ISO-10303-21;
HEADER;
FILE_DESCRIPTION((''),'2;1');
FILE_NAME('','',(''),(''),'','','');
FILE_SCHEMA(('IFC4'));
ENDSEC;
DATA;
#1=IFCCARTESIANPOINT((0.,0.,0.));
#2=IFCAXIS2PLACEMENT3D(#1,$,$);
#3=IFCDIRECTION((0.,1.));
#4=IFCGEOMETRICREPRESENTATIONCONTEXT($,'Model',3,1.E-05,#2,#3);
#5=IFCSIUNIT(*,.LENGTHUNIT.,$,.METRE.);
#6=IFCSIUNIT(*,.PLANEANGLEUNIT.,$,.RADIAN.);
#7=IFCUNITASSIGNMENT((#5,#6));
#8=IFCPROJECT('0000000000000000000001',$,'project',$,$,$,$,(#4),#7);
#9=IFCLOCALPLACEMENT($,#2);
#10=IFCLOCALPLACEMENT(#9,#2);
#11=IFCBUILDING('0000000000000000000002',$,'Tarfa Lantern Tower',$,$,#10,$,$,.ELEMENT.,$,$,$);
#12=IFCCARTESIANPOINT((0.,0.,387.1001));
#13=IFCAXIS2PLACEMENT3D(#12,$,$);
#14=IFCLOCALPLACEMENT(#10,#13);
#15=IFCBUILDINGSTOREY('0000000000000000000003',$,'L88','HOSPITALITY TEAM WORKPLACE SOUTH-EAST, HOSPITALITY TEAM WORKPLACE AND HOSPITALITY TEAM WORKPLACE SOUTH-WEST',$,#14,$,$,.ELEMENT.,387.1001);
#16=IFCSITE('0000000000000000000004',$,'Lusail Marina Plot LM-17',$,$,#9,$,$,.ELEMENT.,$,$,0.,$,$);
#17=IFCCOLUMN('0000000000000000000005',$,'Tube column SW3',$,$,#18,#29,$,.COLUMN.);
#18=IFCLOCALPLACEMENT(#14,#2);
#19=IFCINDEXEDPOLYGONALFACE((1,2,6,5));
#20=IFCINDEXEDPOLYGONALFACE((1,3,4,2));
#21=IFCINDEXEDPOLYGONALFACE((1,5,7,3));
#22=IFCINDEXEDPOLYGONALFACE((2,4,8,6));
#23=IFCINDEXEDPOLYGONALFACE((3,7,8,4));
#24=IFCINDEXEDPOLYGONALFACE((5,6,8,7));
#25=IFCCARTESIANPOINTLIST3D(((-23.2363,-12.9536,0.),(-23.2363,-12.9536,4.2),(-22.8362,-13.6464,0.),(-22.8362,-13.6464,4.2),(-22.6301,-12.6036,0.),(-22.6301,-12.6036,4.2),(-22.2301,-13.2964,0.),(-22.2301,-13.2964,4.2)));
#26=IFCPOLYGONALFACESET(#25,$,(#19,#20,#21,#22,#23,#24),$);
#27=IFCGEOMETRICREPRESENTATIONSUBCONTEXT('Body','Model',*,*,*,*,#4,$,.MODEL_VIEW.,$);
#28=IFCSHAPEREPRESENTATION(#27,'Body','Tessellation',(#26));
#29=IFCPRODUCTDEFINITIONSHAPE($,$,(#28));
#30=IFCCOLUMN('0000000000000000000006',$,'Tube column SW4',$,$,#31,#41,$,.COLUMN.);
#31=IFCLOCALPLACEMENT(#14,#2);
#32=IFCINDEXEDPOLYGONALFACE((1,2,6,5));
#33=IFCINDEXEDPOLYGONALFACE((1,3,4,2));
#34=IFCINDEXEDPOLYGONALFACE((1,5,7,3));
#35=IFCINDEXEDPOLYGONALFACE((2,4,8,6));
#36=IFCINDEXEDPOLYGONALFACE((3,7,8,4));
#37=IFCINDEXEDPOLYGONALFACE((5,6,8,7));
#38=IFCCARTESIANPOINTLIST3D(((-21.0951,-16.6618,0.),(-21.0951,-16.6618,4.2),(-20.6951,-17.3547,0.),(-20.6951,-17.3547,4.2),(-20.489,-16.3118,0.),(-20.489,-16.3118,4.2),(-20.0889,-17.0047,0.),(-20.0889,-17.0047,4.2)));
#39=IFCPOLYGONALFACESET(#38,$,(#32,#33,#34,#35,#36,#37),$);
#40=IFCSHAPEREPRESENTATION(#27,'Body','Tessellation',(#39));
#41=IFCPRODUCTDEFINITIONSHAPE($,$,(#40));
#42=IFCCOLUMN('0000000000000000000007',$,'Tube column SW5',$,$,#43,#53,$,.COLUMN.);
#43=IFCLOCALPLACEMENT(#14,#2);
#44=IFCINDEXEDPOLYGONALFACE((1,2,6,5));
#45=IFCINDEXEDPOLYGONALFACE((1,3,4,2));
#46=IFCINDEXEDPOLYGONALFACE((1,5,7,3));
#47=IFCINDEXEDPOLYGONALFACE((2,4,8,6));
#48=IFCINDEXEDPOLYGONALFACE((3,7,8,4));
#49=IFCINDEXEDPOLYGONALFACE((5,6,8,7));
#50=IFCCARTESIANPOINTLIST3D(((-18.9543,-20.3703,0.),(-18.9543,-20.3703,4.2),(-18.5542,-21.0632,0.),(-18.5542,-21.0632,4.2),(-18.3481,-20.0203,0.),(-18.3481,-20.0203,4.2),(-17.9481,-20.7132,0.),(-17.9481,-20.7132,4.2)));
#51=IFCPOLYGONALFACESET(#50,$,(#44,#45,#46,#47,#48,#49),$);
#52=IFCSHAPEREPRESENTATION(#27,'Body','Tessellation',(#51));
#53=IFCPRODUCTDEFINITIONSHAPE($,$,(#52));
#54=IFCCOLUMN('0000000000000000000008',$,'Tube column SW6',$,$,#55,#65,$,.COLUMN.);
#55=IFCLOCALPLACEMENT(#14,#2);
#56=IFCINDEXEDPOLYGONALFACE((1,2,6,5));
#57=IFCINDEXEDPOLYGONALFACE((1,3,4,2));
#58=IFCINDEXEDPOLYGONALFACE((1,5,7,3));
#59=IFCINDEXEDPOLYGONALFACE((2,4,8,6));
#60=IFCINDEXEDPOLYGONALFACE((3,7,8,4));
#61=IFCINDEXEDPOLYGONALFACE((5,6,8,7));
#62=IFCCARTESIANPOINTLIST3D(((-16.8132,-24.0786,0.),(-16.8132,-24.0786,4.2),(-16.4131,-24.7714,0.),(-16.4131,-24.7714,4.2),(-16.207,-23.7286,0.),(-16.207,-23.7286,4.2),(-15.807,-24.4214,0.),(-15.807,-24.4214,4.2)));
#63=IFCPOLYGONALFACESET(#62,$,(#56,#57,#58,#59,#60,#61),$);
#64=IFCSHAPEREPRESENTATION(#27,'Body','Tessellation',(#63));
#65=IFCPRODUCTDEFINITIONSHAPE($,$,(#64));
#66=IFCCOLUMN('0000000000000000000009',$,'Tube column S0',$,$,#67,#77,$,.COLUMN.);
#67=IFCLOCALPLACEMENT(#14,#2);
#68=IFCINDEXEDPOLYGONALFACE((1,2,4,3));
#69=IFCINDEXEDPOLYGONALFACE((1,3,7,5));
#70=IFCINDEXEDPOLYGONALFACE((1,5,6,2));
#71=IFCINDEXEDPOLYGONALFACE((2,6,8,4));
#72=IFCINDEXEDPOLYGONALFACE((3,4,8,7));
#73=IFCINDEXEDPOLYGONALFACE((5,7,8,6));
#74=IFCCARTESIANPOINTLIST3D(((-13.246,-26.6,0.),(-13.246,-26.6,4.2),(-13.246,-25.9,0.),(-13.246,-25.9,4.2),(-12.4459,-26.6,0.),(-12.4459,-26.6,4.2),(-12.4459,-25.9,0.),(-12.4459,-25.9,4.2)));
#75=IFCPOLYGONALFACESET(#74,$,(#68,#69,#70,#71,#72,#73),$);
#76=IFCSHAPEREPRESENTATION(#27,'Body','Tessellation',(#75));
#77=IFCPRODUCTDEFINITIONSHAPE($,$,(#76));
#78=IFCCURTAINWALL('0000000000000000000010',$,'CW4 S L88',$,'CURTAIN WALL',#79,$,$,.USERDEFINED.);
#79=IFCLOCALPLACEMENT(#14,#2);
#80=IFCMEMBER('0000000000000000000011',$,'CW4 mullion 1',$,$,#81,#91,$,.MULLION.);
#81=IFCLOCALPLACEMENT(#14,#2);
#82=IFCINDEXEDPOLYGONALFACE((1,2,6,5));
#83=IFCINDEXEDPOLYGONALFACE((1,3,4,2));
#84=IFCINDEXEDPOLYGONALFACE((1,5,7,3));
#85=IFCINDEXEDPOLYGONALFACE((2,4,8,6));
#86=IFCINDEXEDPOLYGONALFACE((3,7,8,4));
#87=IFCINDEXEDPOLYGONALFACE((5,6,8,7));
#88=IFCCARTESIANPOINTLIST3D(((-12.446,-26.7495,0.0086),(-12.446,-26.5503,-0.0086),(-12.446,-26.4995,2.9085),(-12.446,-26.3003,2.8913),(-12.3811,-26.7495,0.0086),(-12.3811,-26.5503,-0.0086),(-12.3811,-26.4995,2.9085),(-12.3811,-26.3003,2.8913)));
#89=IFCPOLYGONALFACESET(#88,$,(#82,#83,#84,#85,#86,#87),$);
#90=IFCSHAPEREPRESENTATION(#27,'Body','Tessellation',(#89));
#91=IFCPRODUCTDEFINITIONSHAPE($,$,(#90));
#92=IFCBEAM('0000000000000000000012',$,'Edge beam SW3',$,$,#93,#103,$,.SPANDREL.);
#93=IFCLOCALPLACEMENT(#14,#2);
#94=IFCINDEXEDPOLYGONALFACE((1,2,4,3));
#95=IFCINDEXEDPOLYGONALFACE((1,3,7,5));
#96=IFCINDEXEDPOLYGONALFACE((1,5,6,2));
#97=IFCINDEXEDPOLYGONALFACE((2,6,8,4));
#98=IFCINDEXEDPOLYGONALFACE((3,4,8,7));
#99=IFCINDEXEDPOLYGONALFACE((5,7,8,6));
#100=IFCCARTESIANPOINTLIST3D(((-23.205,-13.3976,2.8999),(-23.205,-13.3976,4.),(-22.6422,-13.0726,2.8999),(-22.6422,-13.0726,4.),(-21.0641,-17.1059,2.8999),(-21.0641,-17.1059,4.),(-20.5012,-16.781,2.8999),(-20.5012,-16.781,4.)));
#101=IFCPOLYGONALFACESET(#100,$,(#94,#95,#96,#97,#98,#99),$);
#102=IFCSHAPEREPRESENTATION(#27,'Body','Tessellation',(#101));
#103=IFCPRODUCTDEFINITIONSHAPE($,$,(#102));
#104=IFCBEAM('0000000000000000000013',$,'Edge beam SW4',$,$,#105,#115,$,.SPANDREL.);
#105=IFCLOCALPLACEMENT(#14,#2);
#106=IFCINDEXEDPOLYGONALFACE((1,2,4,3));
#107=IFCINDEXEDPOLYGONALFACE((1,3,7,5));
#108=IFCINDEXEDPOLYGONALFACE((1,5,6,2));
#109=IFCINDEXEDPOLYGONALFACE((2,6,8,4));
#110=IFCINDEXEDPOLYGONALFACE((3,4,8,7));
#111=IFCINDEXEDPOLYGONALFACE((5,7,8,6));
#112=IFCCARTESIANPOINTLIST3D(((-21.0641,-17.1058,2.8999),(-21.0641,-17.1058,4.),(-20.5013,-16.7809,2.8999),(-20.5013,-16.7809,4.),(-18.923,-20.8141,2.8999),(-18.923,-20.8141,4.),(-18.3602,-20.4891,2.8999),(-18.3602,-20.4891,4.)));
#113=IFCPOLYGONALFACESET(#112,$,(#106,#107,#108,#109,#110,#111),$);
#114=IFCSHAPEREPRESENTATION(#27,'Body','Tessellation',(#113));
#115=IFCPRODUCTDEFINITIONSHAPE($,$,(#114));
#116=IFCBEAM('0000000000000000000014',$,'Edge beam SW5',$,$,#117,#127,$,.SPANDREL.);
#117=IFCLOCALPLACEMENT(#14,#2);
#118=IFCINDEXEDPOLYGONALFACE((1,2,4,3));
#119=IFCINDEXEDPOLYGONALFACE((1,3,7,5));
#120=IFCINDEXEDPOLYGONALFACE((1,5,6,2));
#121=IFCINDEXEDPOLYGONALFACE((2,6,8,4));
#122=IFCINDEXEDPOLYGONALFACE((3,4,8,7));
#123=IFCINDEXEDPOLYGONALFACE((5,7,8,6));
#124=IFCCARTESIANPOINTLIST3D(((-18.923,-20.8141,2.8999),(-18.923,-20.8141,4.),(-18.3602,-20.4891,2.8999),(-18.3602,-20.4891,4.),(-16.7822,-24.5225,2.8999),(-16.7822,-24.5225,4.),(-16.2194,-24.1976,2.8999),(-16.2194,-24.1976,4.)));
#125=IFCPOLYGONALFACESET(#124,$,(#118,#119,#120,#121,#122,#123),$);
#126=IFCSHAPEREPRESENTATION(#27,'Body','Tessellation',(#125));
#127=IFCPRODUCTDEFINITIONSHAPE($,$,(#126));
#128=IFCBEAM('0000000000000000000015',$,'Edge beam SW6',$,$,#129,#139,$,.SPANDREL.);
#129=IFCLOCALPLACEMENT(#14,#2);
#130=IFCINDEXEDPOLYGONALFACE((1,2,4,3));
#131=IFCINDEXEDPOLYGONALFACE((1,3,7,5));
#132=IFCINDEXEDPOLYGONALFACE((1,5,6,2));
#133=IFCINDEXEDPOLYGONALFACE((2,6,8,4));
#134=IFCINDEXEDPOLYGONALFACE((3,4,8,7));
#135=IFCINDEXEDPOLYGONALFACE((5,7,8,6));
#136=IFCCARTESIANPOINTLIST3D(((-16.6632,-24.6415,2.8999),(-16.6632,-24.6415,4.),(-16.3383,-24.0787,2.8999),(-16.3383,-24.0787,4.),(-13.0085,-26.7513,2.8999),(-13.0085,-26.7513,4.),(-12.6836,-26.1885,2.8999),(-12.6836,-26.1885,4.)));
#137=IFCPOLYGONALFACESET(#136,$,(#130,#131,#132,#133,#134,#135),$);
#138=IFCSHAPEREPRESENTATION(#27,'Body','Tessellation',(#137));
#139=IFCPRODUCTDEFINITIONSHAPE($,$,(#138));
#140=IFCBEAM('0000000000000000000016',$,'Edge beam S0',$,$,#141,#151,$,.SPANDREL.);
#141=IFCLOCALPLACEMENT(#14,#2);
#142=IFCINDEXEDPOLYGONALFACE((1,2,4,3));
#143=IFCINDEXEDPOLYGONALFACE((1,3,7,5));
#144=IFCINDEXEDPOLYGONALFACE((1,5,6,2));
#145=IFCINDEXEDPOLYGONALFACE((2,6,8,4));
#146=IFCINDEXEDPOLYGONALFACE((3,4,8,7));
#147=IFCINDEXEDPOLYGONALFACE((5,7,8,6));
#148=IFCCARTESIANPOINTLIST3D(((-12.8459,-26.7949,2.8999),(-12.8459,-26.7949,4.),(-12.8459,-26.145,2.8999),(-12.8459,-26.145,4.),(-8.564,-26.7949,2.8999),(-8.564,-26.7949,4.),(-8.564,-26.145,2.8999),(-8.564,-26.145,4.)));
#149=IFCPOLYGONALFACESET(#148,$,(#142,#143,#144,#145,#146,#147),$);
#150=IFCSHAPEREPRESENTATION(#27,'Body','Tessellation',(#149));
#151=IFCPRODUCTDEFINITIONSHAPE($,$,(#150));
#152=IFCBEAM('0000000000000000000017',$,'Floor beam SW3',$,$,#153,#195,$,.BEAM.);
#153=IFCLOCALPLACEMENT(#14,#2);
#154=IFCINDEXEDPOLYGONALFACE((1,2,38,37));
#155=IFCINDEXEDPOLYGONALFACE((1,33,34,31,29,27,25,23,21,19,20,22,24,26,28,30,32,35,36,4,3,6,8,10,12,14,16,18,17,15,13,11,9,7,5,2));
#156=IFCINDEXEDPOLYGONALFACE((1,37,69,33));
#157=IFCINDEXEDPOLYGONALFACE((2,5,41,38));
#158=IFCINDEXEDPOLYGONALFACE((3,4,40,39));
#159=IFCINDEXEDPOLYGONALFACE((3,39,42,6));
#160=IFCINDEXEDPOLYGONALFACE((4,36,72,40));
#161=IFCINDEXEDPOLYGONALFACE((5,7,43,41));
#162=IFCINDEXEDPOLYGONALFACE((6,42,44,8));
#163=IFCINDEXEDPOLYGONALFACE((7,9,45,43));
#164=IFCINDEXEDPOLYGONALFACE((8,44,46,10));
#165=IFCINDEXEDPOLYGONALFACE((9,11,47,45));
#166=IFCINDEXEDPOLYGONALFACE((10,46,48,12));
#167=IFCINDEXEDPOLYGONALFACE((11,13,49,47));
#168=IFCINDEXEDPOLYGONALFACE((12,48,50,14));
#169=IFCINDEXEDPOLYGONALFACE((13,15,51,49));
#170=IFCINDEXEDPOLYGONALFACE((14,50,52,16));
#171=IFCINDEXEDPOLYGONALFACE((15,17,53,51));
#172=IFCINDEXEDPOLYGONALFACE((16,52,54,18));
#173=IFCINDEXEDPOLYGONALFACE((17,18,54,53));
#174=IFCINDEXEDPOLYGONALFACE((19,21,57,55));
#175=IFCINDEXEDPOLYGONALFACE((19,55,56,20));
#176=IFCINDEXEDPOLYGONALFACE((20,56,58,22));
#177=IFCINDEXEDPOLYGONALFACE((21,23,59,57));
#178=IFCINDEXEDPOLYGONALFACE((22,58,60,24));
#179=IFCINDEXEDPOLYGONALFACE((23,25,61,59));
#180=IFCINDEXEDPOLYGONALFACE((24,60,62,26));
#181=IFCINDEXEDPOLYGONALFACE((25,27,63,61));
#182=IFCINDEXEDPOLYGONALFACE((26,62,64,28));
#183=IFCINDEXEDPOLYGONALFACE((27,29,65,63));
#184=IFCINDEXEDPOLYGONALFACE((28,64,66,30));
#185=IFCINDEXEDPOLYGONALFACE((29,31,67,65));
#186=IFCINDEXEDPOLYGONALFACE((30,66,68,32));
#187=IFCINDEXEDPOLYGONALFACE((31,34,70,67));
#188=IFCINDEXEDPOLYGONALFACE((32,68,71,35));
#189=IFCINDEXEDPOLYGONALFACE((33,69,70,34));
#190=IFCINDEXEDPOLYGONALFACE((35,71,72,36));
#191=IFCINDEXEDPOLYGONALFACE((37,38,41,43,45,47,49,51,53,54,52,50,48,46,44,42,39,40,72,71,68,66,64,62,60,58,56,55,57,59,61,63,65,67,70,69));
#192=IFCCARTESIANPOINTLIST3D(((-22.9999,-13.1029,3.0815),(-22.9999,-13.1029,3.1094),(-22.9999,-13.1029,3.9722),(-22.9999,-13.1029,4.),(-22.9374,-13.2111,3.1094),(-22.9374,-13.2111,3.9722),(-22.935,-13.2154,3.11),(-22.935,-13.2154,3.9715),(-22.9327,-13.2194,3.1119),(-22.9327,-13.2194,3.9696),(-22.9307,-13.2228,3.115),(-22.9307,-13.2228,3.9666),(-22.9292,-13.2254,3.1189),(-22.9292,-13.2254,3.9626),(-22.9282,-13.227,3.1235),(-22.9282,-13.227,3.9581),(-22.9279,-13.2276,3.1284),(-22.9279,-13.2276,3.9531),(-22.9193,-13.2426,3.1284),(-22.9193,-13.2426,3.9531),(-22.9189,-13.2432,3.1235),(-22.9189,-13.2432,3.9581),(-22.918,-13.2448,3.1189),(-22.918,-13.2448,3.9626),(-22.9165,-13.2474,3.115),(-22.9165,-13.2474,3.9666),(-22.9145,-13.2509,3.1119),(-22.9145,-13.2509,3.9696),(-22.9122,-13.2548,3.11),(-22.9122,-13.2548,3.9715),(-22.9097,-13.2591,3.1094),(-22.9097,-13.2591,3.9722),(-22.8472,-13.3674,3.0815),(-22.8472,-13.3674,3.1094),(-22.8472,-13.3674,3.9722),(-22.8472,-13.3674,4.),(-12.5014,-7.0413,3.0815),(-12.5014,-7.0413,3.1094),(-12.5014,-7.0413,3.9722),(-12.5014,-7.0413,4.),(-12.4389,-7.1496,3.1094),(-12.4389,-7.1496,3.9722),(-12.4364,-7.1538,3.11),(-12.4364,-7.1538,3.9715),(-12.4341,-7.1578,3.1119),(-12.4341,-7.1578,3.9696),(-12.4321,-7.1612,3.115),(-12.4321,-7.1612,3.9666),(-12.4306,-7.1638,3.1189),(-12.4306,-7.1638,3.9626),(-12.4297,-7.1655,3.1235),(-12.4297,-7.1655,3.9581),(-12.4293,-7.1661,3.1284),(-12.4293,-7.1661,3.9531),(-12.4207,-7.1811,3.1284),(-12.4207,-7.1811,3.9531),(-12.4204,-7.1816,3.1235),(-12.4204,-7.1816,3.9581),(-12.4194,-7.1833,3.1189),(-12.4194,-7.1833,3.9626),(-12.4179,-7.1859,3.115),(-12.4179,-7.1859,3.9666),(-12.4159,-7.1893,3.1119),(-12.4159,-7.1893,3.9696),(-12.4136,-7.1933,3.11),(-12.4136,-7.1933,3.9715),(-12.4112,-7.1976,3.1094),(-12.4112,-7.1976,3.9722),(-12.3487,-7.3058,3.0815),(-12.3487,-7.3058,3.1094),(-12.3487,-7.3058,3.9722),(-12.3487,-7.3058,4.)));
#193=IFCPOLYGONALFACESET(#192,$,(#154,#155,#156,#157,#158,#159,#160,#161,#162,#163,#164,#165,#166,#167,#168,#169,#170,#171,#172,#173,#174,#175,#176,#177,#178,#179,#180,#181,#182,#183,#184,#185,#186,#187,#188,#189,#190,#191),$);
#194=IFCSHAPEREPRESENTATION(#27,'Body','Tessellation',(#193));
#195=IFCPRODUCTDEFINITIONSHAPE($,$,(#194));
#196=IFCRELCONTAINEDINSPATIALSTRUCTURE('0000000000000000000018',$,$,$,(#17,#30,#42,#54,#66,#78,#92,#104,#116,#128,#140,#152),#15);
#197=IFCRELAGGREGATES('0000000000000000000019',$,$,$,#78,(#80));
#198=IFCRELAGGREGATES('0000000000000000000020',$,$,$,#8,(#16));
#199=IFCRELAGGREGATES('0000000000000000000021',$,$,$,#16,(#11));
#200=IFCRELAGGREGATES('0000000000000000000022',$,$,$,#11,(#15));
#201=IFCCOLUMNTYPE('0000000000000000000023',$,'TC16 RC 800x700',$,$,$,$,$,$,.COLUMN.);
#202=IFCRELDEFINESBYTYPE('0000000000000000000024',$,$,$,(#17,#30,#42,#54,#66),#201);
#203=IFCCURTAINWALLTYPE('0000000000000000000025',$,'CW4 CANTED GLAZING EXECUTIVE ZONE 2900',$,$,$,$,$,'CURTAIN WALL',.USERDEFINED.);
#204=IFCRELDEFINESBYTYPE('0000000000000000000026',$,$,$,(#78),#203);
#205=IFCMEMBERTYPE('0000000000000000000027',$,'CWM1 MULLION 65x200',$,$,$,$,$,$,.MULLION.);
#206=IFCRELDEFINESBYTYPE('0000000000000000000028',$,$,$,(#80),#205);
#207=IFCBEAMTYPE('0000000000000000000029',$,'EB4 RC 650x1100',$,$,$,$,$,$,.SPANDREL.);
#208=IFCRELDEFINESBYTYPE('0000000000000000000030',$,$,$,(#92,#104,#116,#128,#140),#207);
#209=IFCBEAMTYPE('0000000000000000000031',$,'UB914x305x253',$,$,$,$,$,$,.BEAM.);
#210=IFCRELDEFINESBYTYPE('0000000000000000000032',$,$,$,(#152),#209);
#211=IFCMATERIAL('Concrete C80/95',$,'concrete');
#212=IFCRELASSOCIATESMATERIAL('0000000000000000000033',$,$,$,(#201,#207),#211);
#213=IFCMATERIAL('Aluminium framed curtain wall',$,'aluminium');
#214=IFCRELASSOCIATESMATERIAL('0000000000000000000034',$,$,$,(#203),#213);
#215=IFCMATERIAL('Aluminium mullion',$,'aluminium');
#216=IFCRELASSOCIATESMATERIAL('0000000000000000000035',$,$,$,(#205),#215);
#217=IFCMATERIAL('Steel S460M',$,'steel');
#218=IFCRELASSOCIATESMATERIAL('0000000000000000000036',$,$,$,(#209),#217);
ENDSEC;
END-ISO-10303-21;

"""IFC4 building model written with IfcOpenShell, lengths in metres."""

from ifc_helpers import new_model, si_unit, direction, frame, origin, origin_2d, place, context, subcontext, project, spatial, rectangle, i_section, extrude, material, material_profile, profile_set, type_object, element, aggregate, save


model = new_model("IFC4")

# Units and contexts
model_context = context("Model", 3, precision=1e-05, world=origin(), true_north=direction((0.0, 1.0)))
body_context = subcontext(model_context, "Body", "Model", "MODEL_VIEW")
ifc_project = project(units=[si_unit("LENGTHUNIT", "METRE"), si_unit("PLANEANGLEUNIT", "RADIAN")], contexts=[model_context])

# Site, building, storey
site_placement = place(None, origin())
site = spatial("IfcSite", under=ifc_project, at=site_placement, Name="Lusail Marina Plot LM-17", CompositionType="ELEMENT", RefElevation=0.0)
building_placement = place(site_placement, origin())
building = spatial("IfcBuilding", under=site, at=building_placement, Name="Tarfa Lantern Tower", CompositionType="ELEMENT")
storey_placement = place(building_placement, frame((0.0, 0.0, 387.1001)))
storey = spatial("IfcBuildingStorey", under=building, at=storey_placement, Name="L88", Description="HOSPITALITY TEAM WORKPLACE SOUTH-EAST, HOSPITALITY TEAM WORKPLACE AND HOSPITALITY TEAM WORKPLACE SOUTH-WEST", CompositionType="ELEMENT", Elevation=387.1001)

# Columns
ifc_material_1 = material(Name="Concrete C80/95", Category="concrete")
ifc_material_profile_1 = material_profile(ifc_material_1, rectangle(XDim=0.8, YDim=0.7, at=origin_2d()), Name="RC 800x700")
ifc_profile_set_1 = profile_set([ifc_material_profile_1], Name="Concrete C80/95")
column_type = type_object("IfcColumnType", Name="TC16 RC 800x700", PredefinedType="COLUMN", material=ifc_profile_set_1)
for number, where, z_axis, x_axis, name in (
    (1, (-22.7332, -13.125, 0.0), (0.0, 0.0, 1.0), (0.5, -0.866025, 0.0), "Tube column SW3"),
    (2, (-20.592, -16.8333, 0.0), (0.0, 0.0, 1.0), (0.5, -0.866025, 0.0), "Tube column SW4"),
    (3, (-18.4512, -20.5417, 0.0), (0.0, 0.0, 1.0), (0.5, -0.866025, 0.0), "Tube column SW5"),
    (4, (-16.3101, -24.25, 0.0), (0.0, 0.0, 1.0), (0.5, -0.866025, 0.0), "Tube column SW6"),
    (5, (-12.8459, -26.25, 0.0), (0.0, 0.0, 1.0), (1.0, 0.0, 0.0), "Tube column S0"),
):
    element("IfcColumn", number, at=place(storey_placement, frame(where, z_axis=z_axis, x_axis=x_axis)), inside=storey, type_object=column_type, Name=name, PredefinedType="COLUMN", context=body_context, shape_type="SweptSolid", body=[
        extrude(rectangle(XDim=0.8, YDim=0.7, at=origin_2d()), origin(), (0.0, 0.0, 1.0), 4.2),
    ])

# Curtain wall, member
ifc_material_2 = material(Name="Aluminium framed curtain wall", Category="aluminium")
curtain_wall_type = type_object("IfcCurtainWallType", Name="CW4 CANTED GLAZING EXECUTIVE ZONE 2900", ElementType="CURTAIN WALL", PredefinedType="USERDEFINED", material=ifc_material_2)
curtain_wall_placement = place(storey_placement, origin())
curtain_wall = element("IfcCurtainWall", 6, at=curtain_wall_placement, inside=storey, type_object=curtain_wall_type, Name="CW4 S L88", ObjectType="CURTAIN WALL", PredefinedType="USERDEFINED")
ifc_material_3 = material(Name="Aluminium mullion", Category="aluminium")
ifc_material_profile_2 = material_profile(ifc_material_3, rectangle(XDim=0.0649, YDim=0.2, at=origin_2d()), Name="AL MULLION 65x200")
ifc_profile_set_2 = profile_set([ifc_material_profile_2], Name="Aluminium mullion")
member_type = type_object("IfcMemberType", Name="CWM1 MULLION 65x200", PredefinedType="MULLION", material=ifc_profile_set_2)
member_placement = place(storey_placement, frame((-12.4136, -26.6499, 0.0), z_axis=(0.0, 0.085891, 0.996305), x_axis=(-1.0, 0.0, 0.0)))
member = element("IfcMember", 7, at=member_placement, type_object=member_type, Name="CW4 mullion 1", PredefinedType="MULLION", context=body_context, shape_type="SweptSolid", body=[
    extrude(rectangle(XDim=0.0649, YDim=0.2, at=origin_2d()), origin(), (0.0, 0.0, 1.0), 2.9106),
])
aggregate(curtain_wall, [member])

# Beams
ifc_material_profile_3 = material_profile(ifc_material_1, rectangle(XDim=0.6499, YDim=1.1001, at=origin_2d()), Name="RC 650x1100")
ifc_profile_set_3 = profile_set([ifc_material_profile_3], Name="Concrete C80/95")
beam_type_1 = type_object("IfcBeamType", Name="EB4 RC 650x1100", PredefinedType="SPANDREL", material=ifc_profile_set_3)
for number, where, z_axis, x_axis, name in (
    (8, (-22.9236, -13.2351, 3.45), (0.499984, -0.866035, 0.0), (0.866035, 0.499984, 0.0), "Edge beam SW3"),
    (9, (-20.7827, -16.9434, 3.45), (0.500027, -0.86601, 0.0), (0.86601, 0.500027, 0.0), "Edge beam SW4"),
    (10, (-18.6416, -20.6516, 3.45), (0.499959, -0.866049, 0.0), (0.866049, 0.499959, 0.0), "Edge beam SW5"),
):
    element("IfcBeam", number, at=place(storey_placement, frame(where, z_axis=z_axis, x_axis=x_axis)), inside=storey, type_object=beam_type_1, Name=name, PredefinedType="SPANDREL", context=body_context, shape_type="SweptSolid", body=[
        extrude(rectangle(XDim=0.6499, YDim=1.1001, at=origin_2d()), origin(), (0.0, 0.0, 1.0), 4.282),
    ])
beam_1_placement = place(storey_placement, frame((-16.5007, -24.3601, 3.45), z_axis=(0.866049, -0.499959, 0.0), x_axis=(0.499959, 0.866049, 0.0)))
element("IfcBeam", 11, at=beam_1_placement, inside=storey, type_object=beam_type_1, Name="Edge beam SW6", PredefinedType="SPANDREL", context=body_context, shape_type="SweptSolid", body=[
    extrude(rectangle(XDim=0.6499, YDim=1.1001, at=origin_2d()), origin(), (0.0, 0.0, 1.0), 4.22),
])
beam_2_placement = place(storey_placement, frame((-12.8459, -26.47, 3.45), z_axis=(1.0, 0.0, 0.0), x_axis=(0.0, 1.0, 0.0)))
element("IfcBeam", 12, at=beam_2_placement, inside=storey, type_object=beam_type_1, Name="Edge beam S0", PredefinedType="SPANDREL", context=body_context, shape_type="SweptSolid", body=[
    extrude(rectangle(XDim=0.6499, YDim=1.1001, at=origin_2d()), origin(), (0.0, 0.0, 1.0), 4.282),
])
ifc_material_4 = material(Name="Steel S460M", Category="steel")
ifc_material_profile_4 = material_profile(ifc_material_4, i_section(OverallWidth=0.3054, OverallDepth=0.9185, WebThickness=0.0173, FlangeThickness=0.0278, FilletRadius=0.019, at=origin_2d()), Name="UB914x305x253")
ifc_profile_set_4 = profile_set([ifc_material_profile_4], Name="Steel S460M")
beam_type_2 = type_object("IfcBeamType", Name="UB914x305x253", PredefinedType="BEAM", material=ifc_profile_set_4)
beam_3_placement = place(storey_placement, frame((-22.9236, -13.2351, 3.5408), z_axis=(0.866019, 0.500012, 0.0), x_axis=(-0.500012, 0.866019, 0.0)))
element("IfcBeam", 13, at=beam_3_placement, inside=storey, type_object=beam_type_2, Name="Floor beam SW3", PredefinedType="BEAM", context=body_context, shape_type="SweptSolid", body=[
    extrude(i_section(OverallWidth=0.3054, OverallDepth=0.9185, WebThickness=0.0173, FlangeThickness=0.0278, FilletRadius=0.019, at=origin_2d()), origin(), (0.0, 0.0, 1.0), 12.1228),
])

save(model, "model.ifc")
